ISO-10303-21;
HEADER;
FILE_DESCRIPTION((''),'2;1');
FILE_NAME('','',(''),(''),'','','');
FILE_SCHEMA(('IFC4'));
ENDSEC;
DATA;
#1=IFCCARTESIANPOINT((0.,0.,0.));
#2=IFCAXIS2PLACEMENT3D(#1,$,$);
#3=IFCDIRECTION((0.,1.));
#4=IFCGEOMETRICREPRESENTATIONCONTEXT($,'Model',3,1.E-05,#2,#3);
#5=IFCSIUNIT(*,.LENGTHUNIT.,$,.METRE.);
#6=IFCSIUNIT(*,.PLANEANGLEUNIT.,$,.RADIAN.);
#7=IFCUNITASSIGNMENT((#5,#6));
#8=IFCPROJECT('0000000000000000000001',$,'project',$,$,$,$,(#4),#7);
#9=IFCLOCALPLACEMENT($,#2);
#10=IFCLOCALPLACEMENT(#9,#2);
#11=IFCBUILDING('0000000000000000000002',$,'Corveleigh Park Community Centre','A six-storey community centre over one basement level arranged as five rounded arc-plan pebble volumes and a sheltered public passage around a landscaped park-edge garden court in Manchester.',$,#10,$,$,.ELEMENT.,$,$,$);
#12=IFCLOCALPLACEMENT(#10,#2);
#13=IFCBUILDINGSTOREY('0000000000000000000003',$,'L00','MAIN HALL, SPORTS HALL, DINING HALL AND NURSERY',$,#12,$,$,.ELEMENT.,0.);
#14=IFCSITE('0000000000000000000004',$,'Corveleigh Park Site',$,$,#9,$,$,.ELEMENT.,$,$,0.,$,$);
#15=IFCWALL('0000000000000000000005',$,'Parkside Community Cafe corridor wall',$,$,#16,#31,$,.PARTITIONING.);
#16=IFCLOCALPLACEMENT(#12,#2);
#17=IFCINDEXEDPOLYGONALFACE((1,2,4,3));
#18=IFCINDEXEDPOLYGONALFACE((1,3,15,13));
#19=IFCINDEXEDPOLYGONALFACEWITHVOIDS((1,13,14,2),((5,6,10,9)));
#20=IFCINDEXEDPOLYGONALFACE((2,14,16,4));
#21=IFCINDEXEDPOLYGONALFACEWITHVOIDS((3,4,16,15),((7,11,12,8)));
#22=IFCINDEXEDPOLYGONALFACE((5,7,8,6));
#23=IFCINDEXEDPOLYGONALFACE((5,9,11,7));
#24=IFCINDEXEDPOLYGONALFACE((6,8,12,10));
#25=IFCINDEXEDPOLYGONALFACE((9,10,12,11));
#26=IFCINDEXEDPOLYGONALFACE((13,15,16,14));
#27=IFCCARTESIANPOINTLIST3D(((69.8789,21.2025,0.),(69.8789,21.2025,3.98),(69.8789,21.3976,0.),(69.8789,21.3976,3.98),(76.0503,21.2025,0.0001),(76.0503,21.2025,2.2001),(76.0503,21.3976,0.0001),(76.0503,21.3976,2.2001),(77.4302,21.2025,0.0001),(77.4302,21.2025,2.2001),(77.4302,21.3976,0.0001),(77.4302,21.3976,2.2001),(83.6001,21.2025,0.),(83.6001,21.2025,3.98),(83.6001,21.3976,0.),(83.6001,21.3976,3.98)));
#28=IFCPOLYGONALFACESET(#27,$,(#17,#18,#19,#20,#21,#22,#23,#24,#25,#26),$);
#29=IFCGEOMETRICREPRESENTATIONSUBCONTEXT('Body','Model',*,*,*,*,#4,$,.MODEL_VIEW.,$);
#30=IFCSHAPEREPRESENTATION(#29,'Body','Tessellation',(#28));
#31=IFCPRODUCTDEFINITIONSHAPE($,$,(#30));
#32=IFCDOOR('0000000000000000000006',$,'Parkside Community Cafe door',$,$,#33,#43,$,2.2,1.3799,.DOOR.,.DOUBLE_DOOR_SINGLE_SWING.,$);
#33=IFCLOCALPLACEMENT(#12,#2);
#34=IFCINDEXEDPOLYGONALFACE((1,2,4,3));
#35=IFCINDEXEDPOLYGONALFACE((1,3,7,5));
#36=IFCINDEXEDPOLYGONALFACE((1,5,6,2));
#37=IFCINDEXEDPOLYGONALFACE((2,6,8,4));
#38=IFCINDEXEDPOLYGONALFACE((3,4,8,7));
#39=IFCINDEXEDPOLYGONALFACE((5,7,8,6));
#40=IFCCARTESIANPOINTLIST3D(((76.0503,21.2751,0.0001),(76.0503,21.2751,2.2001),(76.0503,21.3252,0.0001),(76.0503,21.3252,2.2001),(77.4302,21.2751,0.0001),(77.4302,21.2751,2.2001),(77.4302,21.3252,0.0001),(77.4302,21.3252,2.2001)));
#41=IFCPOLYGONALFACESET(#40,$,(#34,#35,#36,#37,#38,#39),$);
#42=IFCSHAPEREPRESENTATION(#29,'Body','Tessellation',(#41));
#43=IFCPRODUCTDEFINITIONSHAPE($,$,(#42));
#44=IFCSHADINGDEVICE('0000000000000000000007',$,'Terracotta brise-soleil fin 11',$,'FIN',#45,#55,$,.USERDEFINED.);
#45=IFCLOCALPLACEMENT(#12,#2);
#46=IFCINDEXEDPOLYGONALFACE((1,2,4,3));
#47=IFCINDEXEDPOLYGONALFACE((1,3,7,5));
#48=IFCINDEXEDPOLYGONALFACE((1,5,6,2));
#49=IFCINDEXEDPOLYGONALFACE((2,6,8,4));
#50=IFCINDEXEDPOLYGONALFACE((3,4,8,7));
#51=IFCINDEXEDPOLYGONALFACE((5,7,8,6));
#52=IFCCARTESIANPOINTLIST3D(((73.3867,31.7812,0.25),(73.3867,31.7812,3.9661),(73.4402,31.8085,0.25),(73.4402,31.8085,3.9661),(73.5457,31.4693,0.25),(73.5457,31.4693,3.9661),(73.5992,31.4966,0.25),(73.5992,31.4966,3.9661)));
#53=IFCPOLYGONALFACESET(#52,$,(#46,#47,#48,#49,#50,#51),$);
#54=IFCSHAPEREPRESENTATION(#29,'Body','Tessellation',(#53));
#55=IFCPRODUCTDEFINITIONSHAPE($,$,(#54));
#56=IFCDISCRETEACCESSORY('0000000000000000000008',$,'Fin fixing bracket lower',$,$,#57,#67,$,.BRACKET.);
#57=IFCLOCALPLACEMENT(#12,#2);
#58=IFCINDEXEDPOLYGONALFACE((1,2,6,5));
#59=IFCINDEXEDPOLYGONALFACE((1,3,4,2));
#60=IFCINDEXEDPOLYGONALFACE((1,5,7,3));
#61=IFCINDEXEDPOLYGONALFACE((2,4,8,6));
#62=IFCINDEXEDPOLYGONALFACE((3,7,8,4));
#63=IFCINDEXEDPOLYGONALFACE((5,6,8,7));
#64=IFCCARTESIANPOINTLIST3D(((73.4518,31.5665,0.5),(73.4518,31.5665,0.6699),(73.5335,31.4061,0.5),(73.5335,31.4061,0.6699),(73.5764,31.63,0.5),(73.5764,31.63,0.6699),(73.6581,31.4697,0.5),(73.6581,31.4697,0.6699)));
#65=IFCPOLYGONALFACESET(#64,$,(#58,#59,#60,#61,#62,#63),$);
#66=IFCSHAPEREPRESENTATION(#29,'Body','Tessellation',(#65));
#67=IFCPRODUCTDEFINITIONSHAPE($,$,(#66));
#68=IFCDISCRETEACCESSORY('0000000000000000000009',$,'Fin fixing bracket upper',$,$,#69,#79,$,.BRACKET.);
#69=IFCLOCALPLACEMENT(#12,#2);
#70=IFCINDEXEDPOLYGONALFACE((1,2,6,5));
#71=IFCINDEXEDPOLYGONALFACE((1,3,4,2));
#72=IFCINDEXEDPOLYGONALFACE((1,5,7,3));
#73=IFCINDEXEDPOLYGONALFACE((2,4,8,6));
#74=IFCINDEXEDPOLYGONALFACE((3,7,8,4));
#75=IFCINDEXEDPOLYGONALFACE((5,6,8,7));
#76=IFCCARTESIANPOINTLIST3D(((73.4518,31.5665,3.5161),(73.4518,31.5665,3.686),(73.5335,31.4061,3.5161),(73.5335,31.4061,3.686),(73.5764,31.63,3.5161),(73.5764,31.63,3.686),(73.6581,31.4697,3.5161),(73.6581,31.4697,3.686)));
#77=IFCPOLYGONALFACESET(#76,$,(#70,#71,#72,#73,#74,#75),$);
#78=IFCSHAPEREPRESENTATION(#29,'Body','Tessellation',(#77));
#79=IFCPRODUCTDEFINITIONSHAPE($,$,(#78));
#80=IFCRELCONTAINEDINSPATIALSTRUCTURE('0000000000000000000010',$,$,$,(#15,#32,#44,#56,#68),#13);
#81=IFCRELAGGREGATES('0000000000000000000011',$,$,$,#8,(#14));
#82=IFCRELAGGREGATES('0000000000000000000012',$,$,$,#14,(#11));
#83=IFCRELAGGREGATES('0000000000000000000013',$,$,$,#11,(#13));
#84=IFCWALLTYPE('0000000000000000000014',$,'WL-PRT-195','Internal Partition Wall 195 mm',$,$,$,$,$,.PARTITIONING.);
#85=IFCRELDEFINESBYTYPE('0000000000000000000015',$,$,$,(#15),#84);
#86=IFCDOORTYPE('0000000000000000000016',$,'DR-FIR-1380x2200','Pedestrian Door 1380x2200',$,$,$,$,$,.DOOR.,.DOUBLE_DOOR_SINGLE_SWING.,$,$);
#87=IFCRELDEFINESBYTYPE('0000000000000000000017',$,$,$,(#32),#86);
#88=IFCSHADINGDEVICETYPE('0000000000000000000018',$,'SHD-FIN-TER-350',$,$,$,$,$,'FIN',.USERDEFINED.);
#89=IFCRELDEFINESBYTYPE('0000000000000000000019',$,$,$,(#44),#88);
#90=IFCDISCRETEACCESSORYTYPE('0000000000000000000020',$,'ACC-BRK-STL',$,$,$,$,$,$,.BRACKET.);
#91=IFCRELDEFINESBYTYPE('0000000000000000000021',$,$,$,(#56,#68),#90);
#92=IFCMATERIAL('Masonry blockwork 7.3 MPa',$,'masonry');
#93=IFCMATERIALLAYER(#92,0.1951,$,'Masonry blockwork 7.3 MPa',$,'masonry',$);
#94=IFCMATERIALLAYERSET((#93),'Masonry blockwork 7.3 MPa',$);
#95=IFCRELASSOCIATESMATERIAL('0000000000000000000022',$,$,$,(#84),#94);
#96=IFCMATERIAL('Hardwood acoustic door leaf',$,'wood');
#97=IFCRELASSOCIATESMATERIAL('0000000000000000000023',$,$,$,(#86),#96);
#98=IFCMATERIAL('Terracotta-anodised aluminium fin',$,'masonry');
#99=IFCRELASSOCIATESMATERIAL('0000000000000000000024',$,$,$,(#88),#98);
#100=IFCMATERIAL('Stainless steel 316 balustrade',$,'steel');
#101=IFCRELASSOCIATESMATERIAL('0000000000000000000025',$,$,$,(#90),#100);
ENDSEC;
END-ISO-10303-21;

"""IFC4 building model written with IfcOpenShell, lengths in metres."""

from ifc_helpers import new_model, si_unit, direction, frame, frame_2d, origin, origin_2d, place, context, subcontext, project, spatial, rectangle, extrude, material, layer, layer_set, type_object, element, fill, save


model = new_model("IFC4")

# Units and contexts
model_context = context("Model", 3, precision=1e-05, world=origin(), true_north=direction((0.0, 1.0)))
body_context = subcontext(model_context, "Body", "Model", "MODEL_VIEW")
ifc_project = project(units=[si_unit("LENGTHUNIT", "METRE"), si_unit("PLANEANGLEUNIT", "RADIAN")], contexts=[model_context])

# Site, building, storey
site_placement = place(None, origin())
site = spatial("IfcSite", under=ifc_project, at=site_placement, Name="Corveleigh Park Site", CompositionType="ELEMENT", RefElevation=0.0)
building_placement = place(site_placement, origin())
building = spatial("IfcBuilding", under=site, at=building_placement, Name="Corveleigh Park Community Centre", Description="A six-storey community centre over one basement level arranged as five rounded arc-plan pebble volumes and a sheltered public passage around a landscaped park-edge garden court in Manchester.", CompositionType="ELEMENT")
storey_placement = place(building_placement, origin())
storey = spatial("IfcBuildingStorey", under=building, at=storey_placement, Name="L00", Description="MAIN HALL, SPORTS HALL, DINING HALL AND NURSERY", CompositionType="ELEMENT", Elevation=0.0)

# Wall, opening, door
ifc_material_1 = material(Name="Masonry blockwork 7.3 MPa", Category="masonry")
ifc_layer_1 = layer(ifc_material_1, 0.1951, Name="Masonry blockwork 7.3 MPa", Category="masonry")
ifc_layer_set_1 = layer_set([ifc_layer_1], Name="Masonry blockwork 7.3 MPa")
wall_type_1 = type_object("IfcWallType", Name="WL-PRT-195", Description="Internal Partition Wall 195 mm", PredefinedType="PARTITIONING", material=ifc_layer_set_1)
wall_1_placement = place(storey_placement, frame((83.6001, 21.3, 0.0), z_axis=(0.0, 0.0, 1.0), x_axis=(-1.0, 0.0, 0.0)))
wall_1 = element("IfcWall", 1, at=wall_1_placement, inside=storey, type_object=wall_type_1, Name="Parkside Community Cafe corridor wall", PredefinedType="PARTITIONING", context=body_context, shape_type="SweptSolid", body=[
    extrude(rectangle(XDim=13.7212, YDim=0.1951, at=frame_2d((6.8606, 0.0))), origin(), (0.0, 0.0, 1.0), 3.98),
])
opening_1_placement = place(wall_1_placement, frame((6.1699, 0.0, 0.0)))
opening_1 = element("IfcOpeningElement", 2, at=opening_1_placement, cuts=wall_1, PredefinedType="OPENING", context=body_context, shape_type="SweptSolid", body=[
    extrude(rectangle(XDim=1.3799, YDim=2.2, at=frame_2d((0.6899, 1.1001))), frame((0.0, 0.1074, 0.0), z_axis=(0.0, -1.0, 0.0), x_axis=(1.0, 0.0, 0.0)), (0.0, 0.0, 1.0), 0.2151),
])
ifc_material_2 = material(Name="Hardwood acoustic door leaf", Category="wood")
door_type = type_object("IfcDoorType", Name="DR-FIR-1380x2200", Description="Pedestrian Door 1380x2200", OperationType="DOUBLE_DOOR_SINGLE_SWING", PredefinedType="DOOR", material=ifc_material_2)
door_placement = place(opening_1_placement, origin())
door = element("IfcDoor", 3, at=door_placement, inside=storey, type_object=door_type, Name="Parkside Community Cafe door", OperationType="DOUBLE_DOOR_SINGLE_SWING", OverallHeight=2.2, OverallWidth=1.3799, PredefinedType="DOOR", context=body_context, shape_type="SweptSolid", body=[
    extrude(rectangle(XDim=1.3799, YDim=2.2, at=frame_2d((0.6899, 1.1001))), frame((0.0, 0.0249, 0.0), z_axis=(0.0, -1.0, 0.0), x_axis=(1.0, 0.0, 0.0)), (0.0, 0.0, 1.0), 0.05),
])
fill(opening_1, door)

# Shading device
ifc_material_3 = material(Name="Terracotta-anodised aluminium fin", Category="masonry")
shading_device_type = type_object("IfcShadingDeviceType", Name="SHD-FIN-TER-350", ElementType="FIN", PredefinedType="USERDEFINED", material=ifc_material_3)
shading_device_placement = place(storey_placement, frame((73.4929, 31.6389, 0.25), z_axis=(0.0, 0.0, 1.0), x_axis=(-0.454135, 0.890933, 0.0)))
element("IfcShadingDevice", 4, at=shading_device_placement, inside=storey, type_object=shading_device_type, Name="Terracotta brise-soleil fin 11", ObjectType="FIN", PredefinedType="USERDEFINED", context=body_context, shape_type="SweptSolid", body=[
    extrude(rectangle(XDim=0.3501, YDim=0.0601, at=origin_2d()), origin(), (0.0, 0.0, 1.0), 3.7161),
])

# Discrete accessories
ifc_material_4 = material(Name="Stainless steel 316 balustrade", Category="steel")
discrete_accessory_type = type_object("IfcDiscreteAccessoryType", Name="ACC-BRK-STL", PredefinedType="BRACKET", material=ifc_material_4)
for number, where, z_axis, x_axis, name in (
    (5, (73.5549, 31.5181, 0.5), (0.0, 0.0, 1.0), (-0.454135, 0.890933, 0.0), "Fin fixing bracket lower"),
    (6, (73.5549, 31.5181, 3.5161), (0.0, 0.0, 1.0), (-0.454135, 0.890933, 0.0), "Fin fixing bracket upper"),
):
    element("IfcDiscreteAccessory", number, at=place(storey_placement, frame(where, z_axis=z_axis, x_axis=x_axis)), inside=storey, type_object=discrete_accessory_type, Name=name, PredefinedType="BRACKET", context=body_context, shape_type="SweptSolid", body=[
        extrude(rectangle(XDim=0.1799, YDim=0.1399, at=origin_2d()), origin(), (0.0, 0.0, 1.0), 0.1699),
    ])

save(model, "model.ifc")
